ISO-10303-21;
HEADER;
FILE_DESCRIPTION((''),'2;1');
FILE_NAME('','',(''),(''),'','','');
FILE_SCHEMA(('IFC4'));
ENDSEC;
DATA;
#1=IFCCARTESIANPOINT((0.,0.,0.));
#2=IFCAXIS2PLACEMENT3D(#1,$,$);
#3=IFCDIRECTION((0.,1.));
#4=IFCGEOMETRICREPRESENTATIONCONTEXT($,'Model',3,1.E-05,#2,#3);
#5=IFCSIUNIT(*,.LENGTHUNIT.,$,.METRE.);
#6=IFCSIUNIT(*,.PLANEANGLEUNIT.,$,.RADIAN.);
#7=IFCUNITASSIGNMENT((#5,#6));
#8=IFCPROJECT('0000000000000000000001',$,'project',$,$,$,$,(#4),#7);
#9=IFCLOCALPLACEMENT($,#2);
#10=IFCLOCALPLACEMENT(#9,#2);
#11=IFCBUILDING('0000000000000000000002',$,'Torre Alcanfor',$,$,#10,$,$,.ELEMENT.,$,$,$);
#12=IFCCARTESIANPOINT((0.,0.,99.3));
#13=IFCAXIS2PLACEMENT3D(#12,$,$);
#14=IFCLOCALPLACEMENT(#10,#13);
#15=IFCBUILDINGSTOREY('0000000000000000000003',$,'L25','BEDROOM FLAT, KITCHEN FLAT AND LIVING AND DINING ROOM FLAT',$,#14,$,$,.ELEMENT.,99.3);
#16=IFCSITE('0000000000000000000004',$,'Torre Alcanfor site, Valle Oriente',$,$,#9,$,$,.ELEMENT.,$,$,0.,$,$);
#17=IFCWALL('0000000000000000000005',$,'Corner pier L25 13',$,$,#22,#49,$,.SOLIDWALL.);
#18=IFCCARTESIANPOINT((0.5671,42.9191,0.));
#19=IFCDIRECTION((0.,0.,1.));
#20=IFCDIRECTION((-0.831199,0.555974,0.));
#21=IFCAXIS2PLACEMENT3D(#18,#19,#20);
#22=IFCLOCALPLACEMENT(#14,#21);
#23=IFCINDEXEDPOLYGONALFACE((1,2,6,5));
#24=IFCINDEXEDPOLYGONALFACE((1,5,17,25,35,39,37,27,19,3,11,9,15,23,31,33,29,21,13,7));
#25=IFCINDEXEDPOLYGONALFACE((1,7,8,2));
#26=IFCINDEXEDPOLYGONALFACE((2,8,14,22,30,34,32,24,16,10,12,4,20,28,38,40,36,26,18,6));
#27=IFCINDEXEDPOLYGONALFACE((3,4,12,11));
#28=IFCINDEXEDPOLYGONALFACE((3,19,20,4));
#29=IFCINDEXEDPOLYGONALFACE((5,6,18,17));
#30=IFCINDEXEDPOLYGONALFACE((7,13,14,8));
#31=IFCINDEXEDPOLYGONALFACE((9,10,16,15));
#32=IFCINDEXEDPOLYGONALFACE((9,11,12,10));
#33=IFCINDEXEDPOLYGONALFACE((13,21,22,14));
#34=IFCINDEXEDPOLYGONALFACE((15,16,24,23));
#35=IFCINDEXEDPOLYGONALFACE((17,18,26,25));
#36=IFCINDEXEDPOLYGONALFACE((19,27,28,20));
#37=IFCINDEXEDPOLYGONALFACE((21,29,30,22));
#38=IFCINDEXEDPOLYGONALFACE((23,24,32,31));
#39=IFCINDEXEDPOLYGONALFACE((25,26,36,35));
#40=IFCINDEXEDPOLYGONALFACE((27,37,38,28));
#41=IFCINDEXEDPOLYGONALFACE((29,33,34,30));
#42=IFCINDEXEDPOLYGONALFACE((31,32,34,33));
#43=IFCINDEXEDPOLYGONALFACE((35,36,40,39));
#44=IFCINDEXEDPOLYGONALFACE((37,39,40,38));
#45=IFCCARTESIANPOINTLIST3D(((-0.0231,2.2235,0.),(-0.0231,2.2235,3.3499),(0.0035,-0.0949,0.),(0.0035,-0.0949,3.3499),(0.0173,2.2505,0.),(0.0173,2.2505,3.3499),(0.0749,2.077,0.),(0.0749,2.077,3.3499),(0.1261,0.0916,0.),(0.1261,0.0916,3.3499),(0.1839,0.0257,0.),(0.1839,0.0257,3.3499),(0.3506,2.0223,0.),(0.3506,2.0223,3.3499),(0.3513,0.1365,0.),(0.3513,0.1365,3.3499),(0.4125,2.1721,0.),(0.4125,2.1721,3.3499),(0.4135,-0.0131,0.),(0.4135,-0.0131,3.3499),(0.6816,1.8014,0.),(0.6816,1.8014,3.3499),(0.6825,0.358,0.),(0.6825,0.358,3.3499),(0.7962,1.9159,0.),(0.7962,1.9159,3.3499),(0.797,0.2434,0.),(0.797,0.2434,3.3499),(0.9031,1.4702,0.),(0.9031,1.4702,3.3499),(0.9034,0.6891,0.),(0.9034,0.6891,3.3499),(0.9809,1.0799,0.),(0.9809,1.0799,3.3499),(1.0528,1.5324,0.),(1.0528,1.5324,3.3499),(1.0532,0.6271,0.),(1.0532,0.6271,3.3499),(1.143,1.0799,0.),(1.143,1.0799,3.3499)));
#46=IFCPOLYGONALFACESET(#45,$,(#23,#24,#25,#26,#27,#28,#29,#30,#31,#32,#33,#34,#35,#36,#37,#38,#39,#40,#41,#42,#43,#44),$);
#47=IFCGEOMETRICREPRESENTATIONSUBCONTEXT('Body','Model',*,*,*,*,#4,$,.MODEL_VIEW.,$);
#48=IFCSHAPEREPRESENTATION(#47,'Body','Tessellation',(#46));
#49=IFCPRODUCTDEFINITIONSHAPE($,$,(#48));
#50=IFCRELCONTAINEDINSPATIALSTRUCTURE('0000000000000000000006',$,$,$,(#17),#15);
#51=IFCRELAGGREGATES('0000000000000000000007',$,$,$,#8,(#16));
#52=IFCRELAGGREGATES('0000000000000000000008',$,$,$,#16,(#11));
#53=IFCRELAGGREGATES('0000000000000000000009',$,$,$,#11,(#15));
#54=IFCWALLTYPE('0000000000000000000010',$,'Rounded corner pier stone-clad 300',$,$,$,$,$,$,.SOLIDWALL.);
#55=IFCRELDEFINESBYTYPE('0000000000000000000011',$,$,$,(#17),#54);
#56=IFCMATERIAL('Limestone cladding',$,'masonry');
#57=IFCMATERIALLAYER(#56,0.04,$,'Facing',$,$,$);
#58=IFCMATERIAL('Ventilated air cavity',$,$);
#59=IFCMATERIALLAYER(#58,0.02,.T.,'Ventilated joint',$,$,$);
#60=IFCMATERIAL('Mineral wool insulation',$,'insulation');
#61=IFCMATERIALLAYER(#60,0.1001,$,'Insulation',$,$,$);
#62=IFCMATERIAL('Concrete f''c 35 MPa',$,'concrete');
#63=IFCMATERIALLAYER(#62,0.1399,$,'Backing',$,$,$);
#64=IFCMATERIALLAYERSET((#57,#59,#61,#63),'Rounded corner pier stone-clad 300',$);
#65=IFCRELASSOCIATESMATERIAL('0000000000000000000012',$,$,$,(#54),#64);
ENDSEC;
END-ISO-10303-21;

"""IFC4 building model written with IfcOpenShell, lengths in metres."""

from ifc_helpers import new_model, si_unit, direction, frame, origin, place, context, subcontext, project, spatial, polyline, outline, extrude, material, layer, layer_set, type_object, element, save


model = new_model("IFC4")

# Units and contexts
model_context = context("Model", 3, precision=1e-05, world=origin(), true_north=direction((0.0, 1.0)))
body_context = subcontext(model_context, "Body", "Model", "MODEL_VIEW")
ifc_project = project(units=[si_unit("LENGTHUNIT", "METRE"), si_unit("PLANEANGLEUNIT", "RADIAN")], contexts=[model_context])

# Site, building, storey
site_placement = place(None, origin())
site = spatial("IfcSite", under=ifc_project, at=site_placement, Name="Torre Alcanfor site, Valle Oriente", CompositionType="ELEMENT", RefElevation=0.0)
building_placement = place(site_placement, origin())
building = spatial("IfcBuilding", under=site, at=building_placement, Name="Torre Alcanfor", CompositionType="ELEMENT")
storey_placement = place(building_placement, frame((0.0, 0.0, 99.3)))
storey = spatial("IfcBuildingStorey", under=building, at=storey_placement, Name="L25", Description="BEDROOM FLAT, KITCHEN FLAT AND LIVING AND DINING ROOM FLAT", CompositionType="ELEMENT", Elevation=99.3)

# Shared definitions
ifc_material_1 = material(Name="Limestone cladding", Category="masonry")
ifc_material_2 = material(Name="Ventilated air cavity")
ifc_material_3 = material(Name="Mineral wool insulation", Category="insulation")
ifc_material_4 = material(Name="Concrete f'c 35 MPa", Category="concrete")

# Wall
ifc_layer_1 = layer(ifc_material_1, 0.04, Name="Facing")
ifc_layer_2 = layer(ifc_material_2, 0.02, ventilated=True, Name="Ventilated joint")
ifc_layer_3 = layer(ifc_material_3, 0.1001, Name="Insulation")
ifc_layer_4 = layer(ifc_material_4, 0.1399, Name="Backing")
ifc_layer_set_1 = layer_set([ifc_layer_1, ifc_layer_2, ifc_layer_3, ifc_layer_4], Name="Rounded corner pier stone-clad 300")
wall_type_1 = type_object("IfcWallType", Name="Rounded corner pier stone-clad 300", PredefinedType="SOLIDWALL", material=ifc_layer_set_1)
wall_1_placement = place(storey_placement, frame((0.5671, 42.9191, 0.0), z_axis=(0.0, 0.0, 1.0), x_axis=(-0.831199, 0.555974, 0.0)))
element("IfcWall", 1, at=wall_1_placement, inside=storey, type_object=wall_type_1, Name="Corner pier L25 13", PredefinedType="SOLIDWALL", context=body_context, shape_type="SweptSolid", body=[
    extrude(outline(polyline([(0.0035, -0.0949), (0.4135, -0.0131), (0.797, 0.2434), (1.0532, 0.6271), (1.143, 1.0799), (1.0528, 1.5324), (0.7962, 1.9159), (0.4125, 2.1721), (0.0173, 2.2505), (-0.0231, 2.2235), (0.0749, 2.077), (0.3506, 2.0223), (0.6816, 1.8014), (0.9031, 1.4702), (0.9809, 1.0799), (0.9034, 0.6891), (0.6825, 0.358), (0.3513, 0.1365), (0.1261, 0.0916), (0.1839, 0.0257), (0.0035, -0.0949)])), origin(), (0.0, 0.0, 1.0), 3.3499),
])

save(model, "model.ifc")
